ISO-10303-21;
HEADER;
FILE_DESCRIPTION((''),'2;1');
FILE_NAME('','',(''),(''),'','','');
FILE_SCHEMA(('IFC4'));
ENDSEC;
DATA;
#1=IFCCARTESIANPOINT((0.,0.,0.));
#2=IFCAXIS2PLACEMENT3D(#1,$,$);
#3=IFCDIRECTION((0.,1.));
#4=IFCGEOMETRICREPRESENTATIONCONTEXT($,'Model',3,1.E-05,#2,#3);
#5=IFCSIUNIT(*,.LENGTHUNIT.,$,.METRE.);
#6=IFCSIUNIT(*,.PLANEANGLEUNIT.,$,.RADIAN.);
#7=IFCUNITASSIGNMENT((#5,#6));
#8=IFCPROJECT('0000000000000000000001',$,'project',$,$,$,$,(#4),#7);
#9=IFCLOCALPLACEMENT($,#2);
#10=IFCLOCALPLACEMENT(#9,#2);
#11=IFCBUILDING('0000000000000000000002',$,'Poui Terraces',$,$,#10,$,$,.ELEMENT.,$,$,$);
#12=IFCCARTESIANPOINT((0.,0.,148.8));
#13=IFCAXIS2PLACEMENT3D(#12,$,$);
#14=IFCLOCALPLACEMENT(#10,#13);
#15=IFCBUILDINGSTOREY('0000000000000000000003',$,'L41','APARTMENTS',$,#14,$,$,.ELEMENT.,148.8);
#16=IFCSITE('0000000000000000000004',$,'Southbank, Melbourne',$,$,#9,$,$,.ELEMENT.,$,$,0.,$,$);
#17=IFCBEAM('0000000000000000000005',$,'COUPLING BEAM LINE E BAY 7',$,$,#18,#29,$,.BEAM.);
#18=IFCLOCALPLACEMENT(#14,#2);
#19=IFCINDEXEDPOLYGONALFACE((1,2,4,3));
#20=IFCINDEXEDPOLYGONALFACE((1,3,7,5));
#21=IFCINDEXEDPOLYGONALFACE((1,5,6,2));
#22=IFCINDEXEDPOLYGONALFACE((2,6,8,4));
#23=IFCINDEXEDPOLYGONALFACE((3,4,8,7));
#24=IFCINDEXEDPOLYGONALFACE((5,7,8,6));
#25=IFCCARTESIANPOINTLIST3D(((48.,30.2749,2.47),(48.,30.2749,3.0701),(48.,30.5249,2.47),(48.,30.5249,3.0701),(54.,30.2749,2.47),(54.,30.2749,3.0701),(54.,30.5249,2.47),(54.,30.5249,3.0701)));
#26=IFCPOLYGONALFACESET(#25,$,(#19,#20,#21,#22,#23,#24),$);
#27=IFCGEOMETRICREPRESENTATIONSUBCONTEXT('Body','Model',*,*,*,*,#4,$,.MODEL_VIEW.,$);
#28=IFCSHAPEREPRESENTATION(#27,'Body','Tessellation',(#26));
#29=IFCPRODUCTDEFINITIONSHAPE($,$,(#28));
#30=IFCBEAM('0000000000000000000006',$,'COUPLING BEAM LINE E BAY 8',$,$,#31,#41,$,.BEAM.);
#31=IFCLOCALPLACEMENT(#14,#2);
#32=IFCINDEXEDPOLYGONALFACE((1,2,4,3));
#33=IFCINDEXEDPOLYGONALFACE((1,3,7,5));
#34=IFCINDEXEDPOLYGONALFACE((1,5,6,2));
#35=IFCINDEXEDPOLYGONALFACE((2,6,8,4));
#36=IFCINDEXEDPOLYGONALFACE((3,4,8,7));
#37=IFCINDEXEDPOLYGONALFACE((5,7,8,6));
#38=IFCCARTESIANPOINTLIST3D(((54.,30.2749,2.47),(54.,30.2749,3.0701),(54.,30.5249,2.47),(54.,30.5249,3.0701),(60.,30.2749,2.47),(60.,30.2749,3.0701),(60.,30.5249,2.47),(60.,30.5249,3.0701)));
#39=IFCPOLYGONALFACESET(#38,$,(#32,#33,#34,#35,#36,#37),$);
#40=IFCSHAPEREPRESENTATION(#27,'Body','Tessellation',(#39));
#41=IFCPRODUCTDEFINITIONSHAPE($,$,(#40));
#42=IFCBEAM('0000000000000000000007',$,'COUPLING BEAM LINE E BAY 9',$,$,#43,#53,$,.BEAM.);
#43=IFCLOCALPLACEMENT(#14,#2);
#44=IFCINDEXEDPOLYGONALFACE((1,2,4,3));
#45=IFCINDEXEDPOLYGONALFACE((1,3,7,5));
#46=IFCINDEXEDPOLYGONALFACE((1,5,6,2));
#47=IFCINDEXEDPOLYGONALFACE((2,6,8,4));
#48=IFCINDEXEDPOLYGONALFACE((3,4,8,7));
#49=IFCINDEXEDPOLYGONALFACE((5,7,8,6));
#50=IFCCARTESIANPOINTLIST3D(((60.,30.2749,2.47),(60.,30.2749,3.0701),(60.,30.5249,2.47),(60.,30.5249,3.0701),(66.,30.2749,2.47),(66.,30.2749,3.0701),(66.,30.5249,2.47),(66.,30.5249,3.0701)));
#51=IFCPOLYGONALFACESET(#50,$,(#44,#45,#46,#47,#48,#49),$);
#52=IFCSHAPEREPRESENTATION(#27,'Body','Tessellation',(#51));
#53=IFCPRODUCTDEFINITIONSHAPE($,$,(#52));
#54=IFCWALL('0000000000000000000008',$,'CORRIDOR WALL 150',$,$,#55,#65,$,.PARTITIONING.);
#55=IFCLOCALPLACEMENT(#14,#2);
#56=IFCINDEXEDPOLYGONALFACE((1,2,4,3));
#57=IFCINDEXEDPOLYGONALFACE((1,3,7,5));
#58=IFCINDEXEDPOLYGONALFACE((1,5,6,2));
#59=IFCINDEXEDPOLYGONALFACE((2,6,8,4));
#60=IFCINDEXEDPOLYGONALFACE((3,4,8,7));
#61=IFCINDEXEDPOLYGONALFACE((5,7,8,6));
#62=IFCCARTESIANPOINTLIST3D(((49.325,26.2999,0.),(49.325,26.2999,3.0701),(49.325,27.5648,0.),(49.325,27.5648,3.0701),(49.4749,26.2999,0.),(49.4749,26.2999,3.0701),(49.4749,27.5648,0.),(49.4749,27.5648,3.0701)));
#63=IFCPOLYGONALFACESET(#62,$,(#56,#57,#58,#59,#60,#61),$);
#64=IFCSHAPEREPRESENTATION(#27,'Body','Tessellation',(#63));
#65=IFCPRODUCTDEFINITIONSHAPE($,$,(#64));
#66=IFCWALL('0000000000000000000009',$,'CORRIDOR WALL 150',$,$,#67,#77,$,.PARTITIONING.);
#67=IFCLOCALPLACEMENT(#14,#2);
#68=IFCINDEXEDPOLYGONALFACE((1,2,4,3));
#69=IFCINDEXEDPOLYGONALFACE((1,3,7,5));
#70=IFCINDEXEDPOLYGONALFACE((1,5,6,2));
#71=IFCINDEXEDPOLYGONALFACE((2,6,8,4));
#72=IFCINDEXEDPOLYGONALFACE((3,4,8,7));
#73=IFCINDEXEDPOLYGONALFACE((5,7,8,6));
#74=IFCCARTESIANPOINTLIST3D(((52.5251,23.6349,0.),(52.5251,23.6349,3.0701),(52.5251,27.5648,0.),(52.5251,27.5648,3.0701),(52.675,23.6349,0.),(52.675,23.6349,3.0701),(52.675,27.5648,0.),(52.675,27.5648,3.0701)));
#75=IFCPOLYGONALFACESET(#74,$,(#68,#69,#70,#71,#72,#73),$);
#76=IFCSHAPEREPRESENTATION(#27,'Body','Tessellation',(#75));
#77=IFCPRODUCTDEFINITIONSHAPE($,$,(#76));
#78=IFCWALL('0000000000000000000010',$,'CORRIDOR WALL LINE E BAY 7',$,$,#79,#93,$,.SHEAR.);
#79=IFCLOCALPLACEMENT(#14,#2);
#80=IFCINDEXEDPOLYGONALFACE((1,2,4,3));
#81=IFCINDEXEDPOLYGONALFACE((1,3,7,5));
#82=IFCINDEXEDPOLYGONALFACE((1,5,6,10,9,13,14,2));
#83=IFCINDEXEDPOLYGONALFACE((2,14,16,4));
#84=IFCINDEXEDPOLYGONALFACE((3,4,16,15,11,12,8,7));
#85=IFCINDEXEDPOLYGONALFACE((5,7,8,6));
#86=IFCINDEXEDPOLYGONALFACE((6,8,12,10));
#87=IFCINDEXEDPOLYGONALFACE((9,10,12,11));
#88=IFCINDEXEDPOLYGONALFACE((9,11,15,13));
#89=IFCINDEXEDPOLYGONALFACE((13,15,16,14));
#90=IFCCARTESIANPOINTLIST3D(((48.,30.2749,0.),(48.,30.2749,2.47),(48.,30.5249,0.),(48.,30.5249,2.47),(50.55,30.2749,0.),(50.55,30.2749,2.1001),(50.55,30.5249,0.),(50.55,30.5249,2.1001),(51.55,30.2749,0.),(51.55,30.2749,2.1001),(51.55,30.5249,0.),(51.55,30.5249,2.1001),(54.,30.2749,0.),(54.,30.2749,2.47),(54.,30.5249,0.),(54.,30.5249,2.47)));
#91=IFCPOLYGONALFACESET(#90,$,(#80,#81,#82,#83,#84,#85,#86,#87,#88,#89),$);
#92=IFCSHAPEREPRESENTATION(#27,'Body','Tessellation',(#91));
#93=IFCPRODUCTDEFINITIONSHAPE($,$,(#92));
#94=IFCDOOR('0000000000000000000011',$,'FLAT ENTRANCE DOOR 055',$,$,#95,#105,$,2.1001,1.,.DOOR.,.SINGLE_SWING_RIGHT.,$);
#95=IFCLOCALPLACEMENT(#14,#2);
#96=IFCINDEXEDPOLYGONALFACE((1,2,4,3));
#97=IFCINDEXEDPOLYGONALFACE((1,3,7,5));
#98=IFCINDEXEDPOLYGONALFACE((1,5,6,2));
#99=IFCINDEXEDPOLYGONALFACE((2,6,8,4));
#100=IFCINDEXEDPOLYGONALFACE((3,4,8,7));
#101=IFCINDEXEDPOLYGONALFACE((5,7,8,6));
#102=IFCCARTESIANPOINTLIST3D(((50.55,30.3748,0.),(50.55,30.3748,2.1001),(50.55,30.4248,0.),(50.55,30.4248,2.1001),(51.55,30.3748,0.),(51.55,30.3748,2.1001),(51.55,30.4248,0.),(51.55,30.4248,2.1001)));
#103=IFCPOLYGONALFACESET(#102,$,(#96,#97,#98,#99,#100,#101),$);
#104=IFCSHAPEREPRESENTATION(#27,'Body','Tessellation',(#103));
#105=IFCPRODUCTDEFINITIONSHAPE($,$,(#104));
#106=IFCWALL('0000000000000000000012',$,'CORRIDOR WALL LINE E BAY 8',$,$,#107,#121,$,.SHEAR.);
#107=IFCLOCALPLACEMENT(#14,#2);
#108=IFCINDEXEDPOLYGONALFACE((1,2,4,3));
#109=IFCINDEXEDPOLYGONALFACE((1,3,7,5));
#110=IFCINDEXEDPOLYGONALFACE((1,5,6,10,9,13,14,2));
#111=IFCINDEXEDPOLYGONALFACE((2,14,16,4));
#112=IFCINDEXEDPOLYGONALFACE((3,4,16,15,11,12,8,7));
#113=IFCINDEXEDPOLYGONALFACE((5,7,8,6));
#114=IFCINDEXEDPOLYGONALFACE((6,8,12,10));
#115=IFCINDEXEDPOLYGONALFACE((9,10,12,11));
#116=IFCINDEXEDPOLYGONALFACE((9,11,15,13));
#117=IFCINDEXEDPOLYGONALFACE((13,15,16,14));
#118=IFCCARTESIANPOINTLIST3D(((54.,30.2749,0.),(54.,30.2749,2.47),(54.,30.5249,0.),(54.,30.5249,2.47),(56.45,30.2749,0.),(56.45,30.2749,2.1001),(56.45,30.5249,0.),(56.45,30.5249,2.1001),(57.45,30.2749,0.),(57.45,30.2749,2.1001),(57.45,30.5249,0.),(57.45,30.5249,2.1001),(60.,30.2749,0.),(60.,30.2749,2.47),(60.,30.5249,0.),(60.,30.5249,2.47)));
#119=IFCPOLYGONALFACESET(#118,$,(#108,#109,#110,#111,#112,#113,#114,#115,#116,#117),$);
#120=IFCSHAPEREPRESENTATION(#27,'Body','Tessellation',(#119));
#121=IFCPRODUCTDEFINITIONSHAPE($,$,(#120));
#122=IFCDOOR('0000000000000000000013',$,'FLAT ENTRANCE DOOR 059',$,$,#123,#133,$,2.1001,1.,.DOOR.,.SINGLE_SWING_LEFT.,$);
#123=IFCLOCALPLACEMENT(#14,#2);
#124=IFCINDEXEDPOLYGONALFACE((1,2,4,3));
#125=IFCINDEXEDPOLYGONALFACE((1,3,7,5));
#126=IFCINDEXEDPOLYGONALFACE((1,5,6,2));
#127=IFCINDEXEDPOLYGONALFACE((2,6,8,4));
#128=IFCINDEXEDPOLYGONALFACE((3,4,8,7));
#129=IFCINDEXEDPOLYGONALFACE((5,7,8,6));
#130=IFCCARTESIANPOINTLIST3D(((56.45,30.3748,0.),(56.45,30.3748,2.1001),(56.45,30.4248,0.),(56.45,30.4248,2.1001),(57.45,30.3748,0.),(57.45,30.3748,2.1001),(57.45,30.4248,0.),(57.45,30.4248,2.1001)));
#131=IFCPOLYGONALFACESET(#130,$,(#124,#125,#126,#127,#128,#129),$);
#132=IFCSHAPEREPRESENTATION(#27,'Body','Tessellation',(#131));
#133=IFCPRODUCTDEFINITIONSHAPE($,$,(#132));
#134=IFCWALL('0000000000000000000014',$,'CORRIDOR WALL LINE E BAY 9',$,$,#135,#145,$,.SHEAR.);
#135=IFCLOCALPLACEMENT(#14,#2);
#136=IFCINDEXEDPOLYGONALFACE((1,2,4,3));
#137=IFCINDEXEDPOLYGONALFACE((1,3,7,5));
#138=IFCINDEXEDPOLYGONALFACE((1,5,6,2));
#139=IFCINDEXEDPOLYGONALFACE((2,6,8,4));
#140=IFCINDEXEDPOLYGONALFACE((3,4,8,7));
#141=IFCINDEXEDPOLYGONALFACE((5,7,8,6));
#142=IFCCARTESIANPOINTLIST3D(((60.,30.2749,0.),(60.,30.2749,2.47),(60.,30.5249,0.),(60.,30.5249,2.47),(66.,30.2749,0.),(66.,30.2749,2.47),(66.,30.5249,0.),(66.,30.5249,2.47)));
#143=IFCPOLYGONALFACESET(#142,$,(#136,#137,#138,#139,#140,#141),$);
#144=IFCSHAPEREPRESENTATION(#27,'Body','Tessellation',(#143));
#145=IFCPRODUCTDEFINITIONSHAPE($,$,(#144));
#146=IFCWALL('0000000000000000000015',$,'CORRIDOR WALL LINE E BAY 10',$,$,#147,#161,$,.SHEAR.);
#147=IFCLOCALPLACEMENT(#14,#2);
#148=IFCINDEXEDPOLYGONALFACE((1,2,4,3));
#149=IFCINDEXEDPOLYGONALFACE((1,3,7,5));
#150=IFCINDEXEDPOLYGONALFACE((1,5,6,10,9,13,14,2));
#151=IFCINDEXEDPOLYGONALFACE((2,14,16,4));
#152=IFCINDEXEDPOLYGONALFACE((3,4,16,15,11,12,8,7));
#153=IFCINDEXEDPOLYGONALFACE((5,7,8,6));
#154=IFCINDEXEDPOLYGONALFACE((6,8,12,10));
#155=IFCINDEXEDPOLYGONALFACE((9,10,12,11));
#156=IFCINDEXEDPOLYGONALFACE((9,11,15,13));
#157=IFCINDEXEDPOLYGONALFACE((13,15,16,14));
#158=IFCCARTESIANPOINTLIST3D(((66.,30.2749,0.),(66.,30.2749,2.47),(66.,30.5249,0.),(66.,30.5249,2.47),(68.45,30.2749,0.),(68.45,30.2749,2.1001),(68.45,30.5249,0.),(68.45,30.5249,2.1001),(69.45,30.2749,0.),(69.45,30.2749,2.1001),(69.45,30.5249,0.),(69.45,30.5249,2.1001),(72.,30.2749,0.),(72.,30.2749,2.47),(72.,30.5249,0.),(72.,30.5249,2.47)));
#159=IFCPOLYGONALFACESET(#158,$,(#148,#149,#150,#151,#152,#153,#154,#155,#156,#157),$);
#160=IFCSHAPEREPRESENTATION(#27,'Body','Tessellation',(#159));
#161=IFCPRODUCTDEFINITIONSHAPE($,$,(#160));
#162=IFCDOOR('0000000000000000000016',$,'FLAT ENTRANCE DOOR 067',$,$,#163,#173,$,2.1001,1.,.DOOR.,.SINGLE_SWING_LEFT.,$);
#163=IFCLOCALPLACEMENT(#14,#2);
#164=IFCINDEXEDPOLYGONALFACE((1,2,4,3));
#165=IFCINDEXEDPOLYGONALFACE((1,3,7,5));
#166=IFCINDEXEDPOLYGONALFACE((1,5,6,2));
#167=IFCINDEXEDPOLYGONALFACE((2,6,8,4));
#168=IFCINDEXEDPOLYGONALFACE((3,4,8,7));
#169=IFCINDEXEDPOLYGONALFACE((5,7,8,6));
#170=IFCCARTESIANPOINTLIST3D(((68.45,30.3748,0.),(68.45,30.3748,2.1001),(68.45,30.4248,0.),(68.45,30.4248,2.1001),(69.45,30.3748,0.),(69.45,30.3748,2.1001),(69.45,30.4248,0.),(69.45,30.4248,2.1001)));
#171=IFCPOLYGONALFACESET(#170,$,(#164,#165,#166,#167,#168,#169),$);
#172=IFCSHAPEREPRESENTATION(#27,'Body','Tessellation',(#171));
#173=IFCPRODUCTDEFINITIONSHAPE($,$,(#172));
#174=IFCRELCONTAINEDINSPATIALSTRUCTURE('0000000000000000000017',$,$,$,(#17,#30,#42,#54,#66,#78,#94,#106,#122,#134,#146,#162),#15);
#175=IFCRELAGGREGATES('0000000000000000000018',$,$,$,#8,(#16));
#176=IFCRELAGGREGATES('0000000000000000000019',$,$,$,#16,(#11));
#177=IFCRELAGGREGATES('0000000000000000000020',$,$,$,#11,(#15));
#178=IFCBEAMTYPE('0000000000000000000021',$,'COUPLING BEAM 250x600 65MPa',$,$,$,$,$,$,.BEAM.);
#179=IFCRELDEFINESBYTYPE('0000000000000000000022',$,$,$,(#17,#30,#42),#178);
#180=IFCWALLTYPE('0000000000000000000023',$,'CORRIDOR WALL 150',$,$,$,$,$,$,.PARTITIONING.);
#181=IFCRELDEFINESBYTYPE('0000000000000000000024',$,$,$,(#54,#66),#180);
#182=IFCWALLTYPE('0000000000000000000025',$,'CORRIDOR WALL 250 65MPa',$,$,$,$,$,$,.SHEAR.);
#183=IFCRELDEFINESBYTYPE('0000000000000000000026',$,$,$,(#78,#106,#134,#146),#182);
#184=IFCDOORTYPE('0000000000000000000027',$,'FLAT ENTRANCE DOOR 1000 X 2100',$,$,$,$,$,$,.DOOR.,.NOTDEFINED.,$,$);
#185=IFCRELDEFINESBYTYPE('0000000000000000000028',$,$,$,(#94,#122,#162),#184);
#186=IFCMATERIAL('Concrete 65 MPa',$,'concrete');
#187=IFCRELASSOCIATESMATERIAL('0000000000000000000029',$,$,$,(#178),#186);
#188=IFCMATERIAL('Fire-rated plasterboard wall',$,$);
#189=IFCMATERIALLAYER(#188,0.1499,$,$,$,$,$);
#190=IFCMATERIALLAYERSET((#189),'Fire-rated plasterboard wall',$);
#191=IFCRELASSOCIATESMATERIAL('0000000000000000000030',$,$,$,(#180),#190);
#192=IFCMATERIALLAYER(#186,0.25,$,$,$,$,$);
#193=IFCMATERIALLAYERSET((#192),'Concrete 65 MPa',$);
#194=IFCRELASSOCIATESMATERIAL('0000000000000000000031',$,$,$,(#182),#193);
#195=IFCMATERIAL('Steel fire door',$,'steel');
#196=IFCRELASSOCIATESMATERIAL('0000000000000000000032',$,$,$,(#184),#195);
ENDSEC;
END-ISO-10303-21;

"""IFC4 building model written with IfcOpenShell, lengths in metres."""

from ifc_helpers import new_model, si_unit, direction, frame, frame_2d, origin, origin_2d, place, context, subcontext, project, spatial, rectangle, extrude, source, transform, mapped, material, layer, layer_set, material_profile, profile_set, type_object, element, fill, save


model = new_model("IFC4")

# Units and contexts
model_context = context("Model", 3, precision=1e-05, world=origin(), true_north=direction((0.0, 1.0)))
body_context = subcontext(model_context, "Body", "Model", "MODEL_VIEW")
ifc_project = project(units=[si_unit("LENGTHUNIT", "METRE"), si_unit("PLANEANGLEUNIT", "RADIAN")], contexts=[model_context])

# Site, building, storey
site_placement = place(None, origin())
site = spatial("IfcSite", under=ifc_project, at=site_placement, Name="Southbank, Melbourne", CompositionType="ELEMENT", RefElevation=0.0)
building_placement = place(site_placement, origin())
building = spatial("IfcBuilding", under=site, at=building_placement, Name="Poui Terraces", CompositionType="ELEMENT")
storey_placement = place(building_placement, frame((0.0, 0.0, 148.8)))
storey = spatial("IfcBuildingStorey", under=building, at=storey_placement, Name="L41", Description="APARTMENTS", CompositionType="ELEMENT", Elevation=148.8)

# Beams
ifc_material_1 = material(Name="Concrete 65 MPa", Category="concrete")
ifc_material_profile = material_profile(ifc_material_1, rectangle(XDim=0.25, YDim=0.6001, at=origin_2d()), Name="RC 250x600")
ifc_profile_set = profile_set([ifc_material_profile], Name="Concrete 65 MPa")
beam_type = type_object("IfcBeamType", Name="COUPLING BEAM 250x600 65MPa", PredefinedType="BEAM", material=ifc_profile_set)
shared_shape = source(origin(), body_context, "Body", "SweptSolid", [
    extrude(rectangle(XDim=0.25, YDim=0.6001, at=origin_2d()), origin(), (0.0, 0.0, 1.0), 6.0),
])
for number, where, z_axis, x_axis, name in (
    (1, (48.0, 30.3999, 2.77), (1.0, 0.0, 0.0), (0.0, 1.0, 0.0), "COUPLING BEAM LINE E BAY 7"),
    (2, (54.0, 30.3999, 2.77), (1.0, 0.0, 0.0), (0.0, 1.0, 0.0), "COUPLING BEAM LINE E BAY 8"),
    (3, (60.0, 30.3999, 2.77), (1.0, 0.0, 0.0), (0.0, 1.0, 0.0), "COUPLING BEAM LINE E BAY 9"),
):
    element("IfcBeam", number, at=place(storey_placement, frame(where, z_axis=z_axis, x_axis=x_axis)), inside=storey, type_object=beam_type, Name=name, PredefinedType="BEAM", context=body_context, shape_type="MappedRepresentation", body=[
        mapped(shared_shape, transform((0.0, 0.0, 0.0))),
    ])

# Walls
ifc_material_2 = material(Name="Fire-rated plasterboard wall")
ifc_layer_1 = layer(ifc_material_2, 0.1499)
ifc_layer_set_1 = layer_set([ifc_layer_1], Name="Fire-rated plasterboard wall")
wall_type_1 = type_object("IfcWallType", Name="CORRIDOR WALL 150", PredefinedType="PARTITIONING", material=ifc_layer_set_1)
wall_1_placement = place(storey_placement, frame((49.3999, 26.3, 0.0), z_axis=(0.0, 0.0, 1.0), x_axis=(0.0, 1.0, 0.0)))
element("IfcWall", 4, at=wall_1_placement, inside=storey, type_object=wall_type_1, Name="CORRIDOR WALL 150", PredefinedType="PARTITIONING", context=body_context, shape_type="SweptSolid", body=[
    extrude(rectangle(XDim=1.2649, YDim=0.1499, at=frame_2d((0.6323, 0.0))), origin(), (0.0, 0.0, 1.0), 3.0701),
])
wall_2_placement = place(storey_placement, frame((52.6001, 23.635, 0.0), z_axis=(0.0, 0.0, 1.0), x_axis=(0.0, 1.0, 0.0)))
element("IfcWall", 5, at=wall_2_placement, inside=storey, type_object=wall_type_1, Name="CORRIDOR WALL 150", PredefinedType="PARTITIONING", context=body_context, shape_type="SweptSolid", body=[
    extrude(rectangle(XDim=3.9299, YDim=0.1499, at=frame_2d((1.9648, 0.0))), origin(), (0.0, 0.0, 1.0), 3.0701),
])

# Walls, openings, doors
ifc_layer_2 = layer(ifc_material_1, 0.25)
ifc_layer_set_2 = layer_set([ifc_layer_2], Name="Concrete 65 MPa")
wall_type_2 = type_object("IfcWallType", Name="CORRIDOR WALL 250 65MPa", PredefinedType="SHEAR", material=ifc_layer_set_2)
wall_3_placement = place(storey_placement, frame((48.0, 30.3999, 0.0), z_axis=(0.0, 0.0, 1.0), x_axis=(1.0, 0.0, 0.0)))
wall_3 = element("IfcWall", 6, at=wall_3_placement, inside=storey, type_object=wall_type_2, Name="CORRIDOR WALL LINE E BAY 7", PredefinedType="SHEAR", context=body_context, shape_type="SweptSolid", body=[
    extrude(rectangle(XDim=6.0, YDim=0.25, at=frame_2d((3.0, 0.0))), origin(), (0.0, 0.0, 1.0), 2.47),
])
opening_1_placement = place(wall_3_placement, frame((2.55, 0.0, 0.0)))
opening_1 = element("IfcOpeningElement", 7, at=opening_1_placement, cuts=wall_3, PredefinedType="OPENING", context=body_context, shape_type="SweptSolid", body=[
    extrude(rectangle(XDim=1.0, YDim=2.1001, at=frame_2d((0.5, 1.05))), frame((0.0, 0.135, 0.0), z_axis=(0.0, -1.0, 0.0), x_axis=(1.0, 0.0, 0.0)), (0.0, 0.0, 1.0), 0.27),
])
ifc_material_3 = material(Name="Steel fire door", Category="steel")
door_type_1 = type_object("IfcDoorType", Name="FLAT ENTRANCE DOOR 1000 X 2100", OperationType="NOTDEFINED", PredefinedType="DOOR", material=ifc_material_3)
door_1_placement = place(opening_1_placement, origin())
door_1 = element("IfcDoor", 8, at=door_1_placement, inside=storey, type_object=door_type_1, Name="FLAT ENTRANCE DOOR 055", OperationType="SINGLE_SWING_RIGHT", OverallHeight=2.1001, OverallWidth=1.0, PredefinedType="DOOR", context=body_context, shape_type="SweptSolid", body=[
    extrude(rectangle(XDim=1.0, YDim=2.1001, at=frame_2d((0.5, 1.05))), frame((0.0, 0.0249, 0.0), z_axis=(0.0, -1.0, 0.0), x_axis=(1.0, 0.0, 0.0)), (0.0, 0.0, 1.0), 0.05),
])
fill(opening_1, door_1)
wall_4_placement = place(storey_placement, frame((54.0, 30.3999, 0.0), z_axis=(0.0, 0.0, 1.0), x_axis=(1.0, 0.0, 0.0)))
wall_4 = element("IfcWall", 9, at=wall_4_placement, inside=storey, type_object=wall_type_2, Name="CORRIDOR WALL LINE E BAY 8", PredefinedType="SHEAR", context=body_context, shape_type="SweptSolid", body=[
    extrude(rectangle(XDim=6.0, YDim=0.25, at=frame_2d((3.0, 0.0))), origin(), (0.0, 0.0, 1.0), 2.47),
])
opening_2_placement = place(wall_4_placement, frame((2.45, 0.0, 0.0)))
opening_2 = element("IfcOpeningElement", 10, at=opening_2_placement, cuts=wall_4, PredefinedType="OPENING", context=body_context, shape_type="SweptSolid", body=[
    extrude(rectangle(XDim=1.0, YDim=2.1001, at=frame_2d((0.5, 1.05))), frame((0.0, 0.135, 0.0), z_axis=(0.0, -1.0, 0.0), x_axis=(1.0, 0.0, 0.0)), (0.0, 0.0, 1.0), 0.27),
])
door_2_placement = place(opening_2_placement, origin())
door_2 = element("IfcDoor", 11, at=door_2_placement, inside=storey, type_object=door_type_1, Name="FLAT ENTRANCE DOOR 059", OperationType="SINGLE_SWING_LEFT", OverallHeight=2.1001, OverallWidth=1.0, PredefinedType="DOOR", context=body_context, shape_type="SweptSolid", body=[
    extrude(rectangle(XDim=1.0, YDim=2.1001, at=frame_2d((0.5, 1.05))), frame((0.0, 0.0249, 0.0), z_axis=(0.0, -1.0, 0.0), x_axis=(1.0, 0.0, 0.0)), (0.0, 0.0, 1.0), 0.05),
])
fill(opening_2, door_2)

# Wall
wall_5_placement = place(storey_placement, frame((60.0, 30.3999, 0.0), z_axis=(0.0, 0.0, 1.0), x_axis=(1.0, 0.0, 0.0)))
element("IfcWall", 12, at=wall_5_placement, inside=storey, type_object=wall_type_2, Name="CORRIDOR WALL LINE E BAY 9", PredefinedType="SHEAR", context=body_context, shape_type="SweptSolid", body=[
    extrude(rectangle(XDim=6.0, YDim=0.25, at=frame_2d((3.0, 0.0))), origin(), (0.0, 0.0, 1.0), 2.47),
])

# Wall, opening, door
wall_6_placement = place(storey_placement, frame((66.0, 30.3999, 0.0), z_axis=(0.0, 0.0, 1.0), x_axis=(1.0, 0.0, 0.0)))
wall_6 = element("IfcWall", 13, at=wall_6_placement, inside=storey, type_object=wall_type_2, Name="CORRIDOR WALL LINE E BAY 10", PredefinedType="SHEAR", context=body_context, shape_type="SweptSolid", body=[
    extrude(rectangle(XDim=6.0, YDim=0.25, at=frame_2d((3.0, 0.0))), origin(), (0.0, 0.0, 1.0), 2.47),
])
opening_3_placement = place(wall_6_placement, frame((2.45, 0.0, 0.0)))
opening_3 = element("IfcOpeningElement", 14, at=opening_3_placement, cuts=wall_6, PredefinedType="OPENING", context=body_context, shape_type="SweptSolid", body=[
    extrude(rectangle(XDim=1.0, YDim=2.1001, at=frame_2d((0.5, 1.05))), frame((0.0, 0.135, 0.0), z_axis=(0.0, -1.0, 0.0), x_axis=(1.0, 0.0, 0.0)), (0.0, 0.0, 1.0), 0.27),
])
door_3_placement = place(opening_3_placement, origin())
door_3 = element("IfcDoor", 15, at=door_3_placement, inside=storey, type_object=door_type_1, Name="FLAT ENTRANCE DOOR 067", OperationType="SINGLE_SWING_LEFT", OverallHeight=2.1001, OverallWidth=1.0, PredefinedType="DOOR", context=body_context, shape_type="SweptSolid", body=[
    extrude(rectangle(XDim=1.0, YDim=2.1001, at=frame_2d((0.5, 1.05))), frame((0.0, 0.0249, 0.0), z_axis=(0.0, -1.0, 0.0), x_axis=(1.0, 0.0, 0.0)), (0.0, 0.0, 1.0), 0.05),
])
fill(opening_3, door_3)

save(model, "model.ifc")
